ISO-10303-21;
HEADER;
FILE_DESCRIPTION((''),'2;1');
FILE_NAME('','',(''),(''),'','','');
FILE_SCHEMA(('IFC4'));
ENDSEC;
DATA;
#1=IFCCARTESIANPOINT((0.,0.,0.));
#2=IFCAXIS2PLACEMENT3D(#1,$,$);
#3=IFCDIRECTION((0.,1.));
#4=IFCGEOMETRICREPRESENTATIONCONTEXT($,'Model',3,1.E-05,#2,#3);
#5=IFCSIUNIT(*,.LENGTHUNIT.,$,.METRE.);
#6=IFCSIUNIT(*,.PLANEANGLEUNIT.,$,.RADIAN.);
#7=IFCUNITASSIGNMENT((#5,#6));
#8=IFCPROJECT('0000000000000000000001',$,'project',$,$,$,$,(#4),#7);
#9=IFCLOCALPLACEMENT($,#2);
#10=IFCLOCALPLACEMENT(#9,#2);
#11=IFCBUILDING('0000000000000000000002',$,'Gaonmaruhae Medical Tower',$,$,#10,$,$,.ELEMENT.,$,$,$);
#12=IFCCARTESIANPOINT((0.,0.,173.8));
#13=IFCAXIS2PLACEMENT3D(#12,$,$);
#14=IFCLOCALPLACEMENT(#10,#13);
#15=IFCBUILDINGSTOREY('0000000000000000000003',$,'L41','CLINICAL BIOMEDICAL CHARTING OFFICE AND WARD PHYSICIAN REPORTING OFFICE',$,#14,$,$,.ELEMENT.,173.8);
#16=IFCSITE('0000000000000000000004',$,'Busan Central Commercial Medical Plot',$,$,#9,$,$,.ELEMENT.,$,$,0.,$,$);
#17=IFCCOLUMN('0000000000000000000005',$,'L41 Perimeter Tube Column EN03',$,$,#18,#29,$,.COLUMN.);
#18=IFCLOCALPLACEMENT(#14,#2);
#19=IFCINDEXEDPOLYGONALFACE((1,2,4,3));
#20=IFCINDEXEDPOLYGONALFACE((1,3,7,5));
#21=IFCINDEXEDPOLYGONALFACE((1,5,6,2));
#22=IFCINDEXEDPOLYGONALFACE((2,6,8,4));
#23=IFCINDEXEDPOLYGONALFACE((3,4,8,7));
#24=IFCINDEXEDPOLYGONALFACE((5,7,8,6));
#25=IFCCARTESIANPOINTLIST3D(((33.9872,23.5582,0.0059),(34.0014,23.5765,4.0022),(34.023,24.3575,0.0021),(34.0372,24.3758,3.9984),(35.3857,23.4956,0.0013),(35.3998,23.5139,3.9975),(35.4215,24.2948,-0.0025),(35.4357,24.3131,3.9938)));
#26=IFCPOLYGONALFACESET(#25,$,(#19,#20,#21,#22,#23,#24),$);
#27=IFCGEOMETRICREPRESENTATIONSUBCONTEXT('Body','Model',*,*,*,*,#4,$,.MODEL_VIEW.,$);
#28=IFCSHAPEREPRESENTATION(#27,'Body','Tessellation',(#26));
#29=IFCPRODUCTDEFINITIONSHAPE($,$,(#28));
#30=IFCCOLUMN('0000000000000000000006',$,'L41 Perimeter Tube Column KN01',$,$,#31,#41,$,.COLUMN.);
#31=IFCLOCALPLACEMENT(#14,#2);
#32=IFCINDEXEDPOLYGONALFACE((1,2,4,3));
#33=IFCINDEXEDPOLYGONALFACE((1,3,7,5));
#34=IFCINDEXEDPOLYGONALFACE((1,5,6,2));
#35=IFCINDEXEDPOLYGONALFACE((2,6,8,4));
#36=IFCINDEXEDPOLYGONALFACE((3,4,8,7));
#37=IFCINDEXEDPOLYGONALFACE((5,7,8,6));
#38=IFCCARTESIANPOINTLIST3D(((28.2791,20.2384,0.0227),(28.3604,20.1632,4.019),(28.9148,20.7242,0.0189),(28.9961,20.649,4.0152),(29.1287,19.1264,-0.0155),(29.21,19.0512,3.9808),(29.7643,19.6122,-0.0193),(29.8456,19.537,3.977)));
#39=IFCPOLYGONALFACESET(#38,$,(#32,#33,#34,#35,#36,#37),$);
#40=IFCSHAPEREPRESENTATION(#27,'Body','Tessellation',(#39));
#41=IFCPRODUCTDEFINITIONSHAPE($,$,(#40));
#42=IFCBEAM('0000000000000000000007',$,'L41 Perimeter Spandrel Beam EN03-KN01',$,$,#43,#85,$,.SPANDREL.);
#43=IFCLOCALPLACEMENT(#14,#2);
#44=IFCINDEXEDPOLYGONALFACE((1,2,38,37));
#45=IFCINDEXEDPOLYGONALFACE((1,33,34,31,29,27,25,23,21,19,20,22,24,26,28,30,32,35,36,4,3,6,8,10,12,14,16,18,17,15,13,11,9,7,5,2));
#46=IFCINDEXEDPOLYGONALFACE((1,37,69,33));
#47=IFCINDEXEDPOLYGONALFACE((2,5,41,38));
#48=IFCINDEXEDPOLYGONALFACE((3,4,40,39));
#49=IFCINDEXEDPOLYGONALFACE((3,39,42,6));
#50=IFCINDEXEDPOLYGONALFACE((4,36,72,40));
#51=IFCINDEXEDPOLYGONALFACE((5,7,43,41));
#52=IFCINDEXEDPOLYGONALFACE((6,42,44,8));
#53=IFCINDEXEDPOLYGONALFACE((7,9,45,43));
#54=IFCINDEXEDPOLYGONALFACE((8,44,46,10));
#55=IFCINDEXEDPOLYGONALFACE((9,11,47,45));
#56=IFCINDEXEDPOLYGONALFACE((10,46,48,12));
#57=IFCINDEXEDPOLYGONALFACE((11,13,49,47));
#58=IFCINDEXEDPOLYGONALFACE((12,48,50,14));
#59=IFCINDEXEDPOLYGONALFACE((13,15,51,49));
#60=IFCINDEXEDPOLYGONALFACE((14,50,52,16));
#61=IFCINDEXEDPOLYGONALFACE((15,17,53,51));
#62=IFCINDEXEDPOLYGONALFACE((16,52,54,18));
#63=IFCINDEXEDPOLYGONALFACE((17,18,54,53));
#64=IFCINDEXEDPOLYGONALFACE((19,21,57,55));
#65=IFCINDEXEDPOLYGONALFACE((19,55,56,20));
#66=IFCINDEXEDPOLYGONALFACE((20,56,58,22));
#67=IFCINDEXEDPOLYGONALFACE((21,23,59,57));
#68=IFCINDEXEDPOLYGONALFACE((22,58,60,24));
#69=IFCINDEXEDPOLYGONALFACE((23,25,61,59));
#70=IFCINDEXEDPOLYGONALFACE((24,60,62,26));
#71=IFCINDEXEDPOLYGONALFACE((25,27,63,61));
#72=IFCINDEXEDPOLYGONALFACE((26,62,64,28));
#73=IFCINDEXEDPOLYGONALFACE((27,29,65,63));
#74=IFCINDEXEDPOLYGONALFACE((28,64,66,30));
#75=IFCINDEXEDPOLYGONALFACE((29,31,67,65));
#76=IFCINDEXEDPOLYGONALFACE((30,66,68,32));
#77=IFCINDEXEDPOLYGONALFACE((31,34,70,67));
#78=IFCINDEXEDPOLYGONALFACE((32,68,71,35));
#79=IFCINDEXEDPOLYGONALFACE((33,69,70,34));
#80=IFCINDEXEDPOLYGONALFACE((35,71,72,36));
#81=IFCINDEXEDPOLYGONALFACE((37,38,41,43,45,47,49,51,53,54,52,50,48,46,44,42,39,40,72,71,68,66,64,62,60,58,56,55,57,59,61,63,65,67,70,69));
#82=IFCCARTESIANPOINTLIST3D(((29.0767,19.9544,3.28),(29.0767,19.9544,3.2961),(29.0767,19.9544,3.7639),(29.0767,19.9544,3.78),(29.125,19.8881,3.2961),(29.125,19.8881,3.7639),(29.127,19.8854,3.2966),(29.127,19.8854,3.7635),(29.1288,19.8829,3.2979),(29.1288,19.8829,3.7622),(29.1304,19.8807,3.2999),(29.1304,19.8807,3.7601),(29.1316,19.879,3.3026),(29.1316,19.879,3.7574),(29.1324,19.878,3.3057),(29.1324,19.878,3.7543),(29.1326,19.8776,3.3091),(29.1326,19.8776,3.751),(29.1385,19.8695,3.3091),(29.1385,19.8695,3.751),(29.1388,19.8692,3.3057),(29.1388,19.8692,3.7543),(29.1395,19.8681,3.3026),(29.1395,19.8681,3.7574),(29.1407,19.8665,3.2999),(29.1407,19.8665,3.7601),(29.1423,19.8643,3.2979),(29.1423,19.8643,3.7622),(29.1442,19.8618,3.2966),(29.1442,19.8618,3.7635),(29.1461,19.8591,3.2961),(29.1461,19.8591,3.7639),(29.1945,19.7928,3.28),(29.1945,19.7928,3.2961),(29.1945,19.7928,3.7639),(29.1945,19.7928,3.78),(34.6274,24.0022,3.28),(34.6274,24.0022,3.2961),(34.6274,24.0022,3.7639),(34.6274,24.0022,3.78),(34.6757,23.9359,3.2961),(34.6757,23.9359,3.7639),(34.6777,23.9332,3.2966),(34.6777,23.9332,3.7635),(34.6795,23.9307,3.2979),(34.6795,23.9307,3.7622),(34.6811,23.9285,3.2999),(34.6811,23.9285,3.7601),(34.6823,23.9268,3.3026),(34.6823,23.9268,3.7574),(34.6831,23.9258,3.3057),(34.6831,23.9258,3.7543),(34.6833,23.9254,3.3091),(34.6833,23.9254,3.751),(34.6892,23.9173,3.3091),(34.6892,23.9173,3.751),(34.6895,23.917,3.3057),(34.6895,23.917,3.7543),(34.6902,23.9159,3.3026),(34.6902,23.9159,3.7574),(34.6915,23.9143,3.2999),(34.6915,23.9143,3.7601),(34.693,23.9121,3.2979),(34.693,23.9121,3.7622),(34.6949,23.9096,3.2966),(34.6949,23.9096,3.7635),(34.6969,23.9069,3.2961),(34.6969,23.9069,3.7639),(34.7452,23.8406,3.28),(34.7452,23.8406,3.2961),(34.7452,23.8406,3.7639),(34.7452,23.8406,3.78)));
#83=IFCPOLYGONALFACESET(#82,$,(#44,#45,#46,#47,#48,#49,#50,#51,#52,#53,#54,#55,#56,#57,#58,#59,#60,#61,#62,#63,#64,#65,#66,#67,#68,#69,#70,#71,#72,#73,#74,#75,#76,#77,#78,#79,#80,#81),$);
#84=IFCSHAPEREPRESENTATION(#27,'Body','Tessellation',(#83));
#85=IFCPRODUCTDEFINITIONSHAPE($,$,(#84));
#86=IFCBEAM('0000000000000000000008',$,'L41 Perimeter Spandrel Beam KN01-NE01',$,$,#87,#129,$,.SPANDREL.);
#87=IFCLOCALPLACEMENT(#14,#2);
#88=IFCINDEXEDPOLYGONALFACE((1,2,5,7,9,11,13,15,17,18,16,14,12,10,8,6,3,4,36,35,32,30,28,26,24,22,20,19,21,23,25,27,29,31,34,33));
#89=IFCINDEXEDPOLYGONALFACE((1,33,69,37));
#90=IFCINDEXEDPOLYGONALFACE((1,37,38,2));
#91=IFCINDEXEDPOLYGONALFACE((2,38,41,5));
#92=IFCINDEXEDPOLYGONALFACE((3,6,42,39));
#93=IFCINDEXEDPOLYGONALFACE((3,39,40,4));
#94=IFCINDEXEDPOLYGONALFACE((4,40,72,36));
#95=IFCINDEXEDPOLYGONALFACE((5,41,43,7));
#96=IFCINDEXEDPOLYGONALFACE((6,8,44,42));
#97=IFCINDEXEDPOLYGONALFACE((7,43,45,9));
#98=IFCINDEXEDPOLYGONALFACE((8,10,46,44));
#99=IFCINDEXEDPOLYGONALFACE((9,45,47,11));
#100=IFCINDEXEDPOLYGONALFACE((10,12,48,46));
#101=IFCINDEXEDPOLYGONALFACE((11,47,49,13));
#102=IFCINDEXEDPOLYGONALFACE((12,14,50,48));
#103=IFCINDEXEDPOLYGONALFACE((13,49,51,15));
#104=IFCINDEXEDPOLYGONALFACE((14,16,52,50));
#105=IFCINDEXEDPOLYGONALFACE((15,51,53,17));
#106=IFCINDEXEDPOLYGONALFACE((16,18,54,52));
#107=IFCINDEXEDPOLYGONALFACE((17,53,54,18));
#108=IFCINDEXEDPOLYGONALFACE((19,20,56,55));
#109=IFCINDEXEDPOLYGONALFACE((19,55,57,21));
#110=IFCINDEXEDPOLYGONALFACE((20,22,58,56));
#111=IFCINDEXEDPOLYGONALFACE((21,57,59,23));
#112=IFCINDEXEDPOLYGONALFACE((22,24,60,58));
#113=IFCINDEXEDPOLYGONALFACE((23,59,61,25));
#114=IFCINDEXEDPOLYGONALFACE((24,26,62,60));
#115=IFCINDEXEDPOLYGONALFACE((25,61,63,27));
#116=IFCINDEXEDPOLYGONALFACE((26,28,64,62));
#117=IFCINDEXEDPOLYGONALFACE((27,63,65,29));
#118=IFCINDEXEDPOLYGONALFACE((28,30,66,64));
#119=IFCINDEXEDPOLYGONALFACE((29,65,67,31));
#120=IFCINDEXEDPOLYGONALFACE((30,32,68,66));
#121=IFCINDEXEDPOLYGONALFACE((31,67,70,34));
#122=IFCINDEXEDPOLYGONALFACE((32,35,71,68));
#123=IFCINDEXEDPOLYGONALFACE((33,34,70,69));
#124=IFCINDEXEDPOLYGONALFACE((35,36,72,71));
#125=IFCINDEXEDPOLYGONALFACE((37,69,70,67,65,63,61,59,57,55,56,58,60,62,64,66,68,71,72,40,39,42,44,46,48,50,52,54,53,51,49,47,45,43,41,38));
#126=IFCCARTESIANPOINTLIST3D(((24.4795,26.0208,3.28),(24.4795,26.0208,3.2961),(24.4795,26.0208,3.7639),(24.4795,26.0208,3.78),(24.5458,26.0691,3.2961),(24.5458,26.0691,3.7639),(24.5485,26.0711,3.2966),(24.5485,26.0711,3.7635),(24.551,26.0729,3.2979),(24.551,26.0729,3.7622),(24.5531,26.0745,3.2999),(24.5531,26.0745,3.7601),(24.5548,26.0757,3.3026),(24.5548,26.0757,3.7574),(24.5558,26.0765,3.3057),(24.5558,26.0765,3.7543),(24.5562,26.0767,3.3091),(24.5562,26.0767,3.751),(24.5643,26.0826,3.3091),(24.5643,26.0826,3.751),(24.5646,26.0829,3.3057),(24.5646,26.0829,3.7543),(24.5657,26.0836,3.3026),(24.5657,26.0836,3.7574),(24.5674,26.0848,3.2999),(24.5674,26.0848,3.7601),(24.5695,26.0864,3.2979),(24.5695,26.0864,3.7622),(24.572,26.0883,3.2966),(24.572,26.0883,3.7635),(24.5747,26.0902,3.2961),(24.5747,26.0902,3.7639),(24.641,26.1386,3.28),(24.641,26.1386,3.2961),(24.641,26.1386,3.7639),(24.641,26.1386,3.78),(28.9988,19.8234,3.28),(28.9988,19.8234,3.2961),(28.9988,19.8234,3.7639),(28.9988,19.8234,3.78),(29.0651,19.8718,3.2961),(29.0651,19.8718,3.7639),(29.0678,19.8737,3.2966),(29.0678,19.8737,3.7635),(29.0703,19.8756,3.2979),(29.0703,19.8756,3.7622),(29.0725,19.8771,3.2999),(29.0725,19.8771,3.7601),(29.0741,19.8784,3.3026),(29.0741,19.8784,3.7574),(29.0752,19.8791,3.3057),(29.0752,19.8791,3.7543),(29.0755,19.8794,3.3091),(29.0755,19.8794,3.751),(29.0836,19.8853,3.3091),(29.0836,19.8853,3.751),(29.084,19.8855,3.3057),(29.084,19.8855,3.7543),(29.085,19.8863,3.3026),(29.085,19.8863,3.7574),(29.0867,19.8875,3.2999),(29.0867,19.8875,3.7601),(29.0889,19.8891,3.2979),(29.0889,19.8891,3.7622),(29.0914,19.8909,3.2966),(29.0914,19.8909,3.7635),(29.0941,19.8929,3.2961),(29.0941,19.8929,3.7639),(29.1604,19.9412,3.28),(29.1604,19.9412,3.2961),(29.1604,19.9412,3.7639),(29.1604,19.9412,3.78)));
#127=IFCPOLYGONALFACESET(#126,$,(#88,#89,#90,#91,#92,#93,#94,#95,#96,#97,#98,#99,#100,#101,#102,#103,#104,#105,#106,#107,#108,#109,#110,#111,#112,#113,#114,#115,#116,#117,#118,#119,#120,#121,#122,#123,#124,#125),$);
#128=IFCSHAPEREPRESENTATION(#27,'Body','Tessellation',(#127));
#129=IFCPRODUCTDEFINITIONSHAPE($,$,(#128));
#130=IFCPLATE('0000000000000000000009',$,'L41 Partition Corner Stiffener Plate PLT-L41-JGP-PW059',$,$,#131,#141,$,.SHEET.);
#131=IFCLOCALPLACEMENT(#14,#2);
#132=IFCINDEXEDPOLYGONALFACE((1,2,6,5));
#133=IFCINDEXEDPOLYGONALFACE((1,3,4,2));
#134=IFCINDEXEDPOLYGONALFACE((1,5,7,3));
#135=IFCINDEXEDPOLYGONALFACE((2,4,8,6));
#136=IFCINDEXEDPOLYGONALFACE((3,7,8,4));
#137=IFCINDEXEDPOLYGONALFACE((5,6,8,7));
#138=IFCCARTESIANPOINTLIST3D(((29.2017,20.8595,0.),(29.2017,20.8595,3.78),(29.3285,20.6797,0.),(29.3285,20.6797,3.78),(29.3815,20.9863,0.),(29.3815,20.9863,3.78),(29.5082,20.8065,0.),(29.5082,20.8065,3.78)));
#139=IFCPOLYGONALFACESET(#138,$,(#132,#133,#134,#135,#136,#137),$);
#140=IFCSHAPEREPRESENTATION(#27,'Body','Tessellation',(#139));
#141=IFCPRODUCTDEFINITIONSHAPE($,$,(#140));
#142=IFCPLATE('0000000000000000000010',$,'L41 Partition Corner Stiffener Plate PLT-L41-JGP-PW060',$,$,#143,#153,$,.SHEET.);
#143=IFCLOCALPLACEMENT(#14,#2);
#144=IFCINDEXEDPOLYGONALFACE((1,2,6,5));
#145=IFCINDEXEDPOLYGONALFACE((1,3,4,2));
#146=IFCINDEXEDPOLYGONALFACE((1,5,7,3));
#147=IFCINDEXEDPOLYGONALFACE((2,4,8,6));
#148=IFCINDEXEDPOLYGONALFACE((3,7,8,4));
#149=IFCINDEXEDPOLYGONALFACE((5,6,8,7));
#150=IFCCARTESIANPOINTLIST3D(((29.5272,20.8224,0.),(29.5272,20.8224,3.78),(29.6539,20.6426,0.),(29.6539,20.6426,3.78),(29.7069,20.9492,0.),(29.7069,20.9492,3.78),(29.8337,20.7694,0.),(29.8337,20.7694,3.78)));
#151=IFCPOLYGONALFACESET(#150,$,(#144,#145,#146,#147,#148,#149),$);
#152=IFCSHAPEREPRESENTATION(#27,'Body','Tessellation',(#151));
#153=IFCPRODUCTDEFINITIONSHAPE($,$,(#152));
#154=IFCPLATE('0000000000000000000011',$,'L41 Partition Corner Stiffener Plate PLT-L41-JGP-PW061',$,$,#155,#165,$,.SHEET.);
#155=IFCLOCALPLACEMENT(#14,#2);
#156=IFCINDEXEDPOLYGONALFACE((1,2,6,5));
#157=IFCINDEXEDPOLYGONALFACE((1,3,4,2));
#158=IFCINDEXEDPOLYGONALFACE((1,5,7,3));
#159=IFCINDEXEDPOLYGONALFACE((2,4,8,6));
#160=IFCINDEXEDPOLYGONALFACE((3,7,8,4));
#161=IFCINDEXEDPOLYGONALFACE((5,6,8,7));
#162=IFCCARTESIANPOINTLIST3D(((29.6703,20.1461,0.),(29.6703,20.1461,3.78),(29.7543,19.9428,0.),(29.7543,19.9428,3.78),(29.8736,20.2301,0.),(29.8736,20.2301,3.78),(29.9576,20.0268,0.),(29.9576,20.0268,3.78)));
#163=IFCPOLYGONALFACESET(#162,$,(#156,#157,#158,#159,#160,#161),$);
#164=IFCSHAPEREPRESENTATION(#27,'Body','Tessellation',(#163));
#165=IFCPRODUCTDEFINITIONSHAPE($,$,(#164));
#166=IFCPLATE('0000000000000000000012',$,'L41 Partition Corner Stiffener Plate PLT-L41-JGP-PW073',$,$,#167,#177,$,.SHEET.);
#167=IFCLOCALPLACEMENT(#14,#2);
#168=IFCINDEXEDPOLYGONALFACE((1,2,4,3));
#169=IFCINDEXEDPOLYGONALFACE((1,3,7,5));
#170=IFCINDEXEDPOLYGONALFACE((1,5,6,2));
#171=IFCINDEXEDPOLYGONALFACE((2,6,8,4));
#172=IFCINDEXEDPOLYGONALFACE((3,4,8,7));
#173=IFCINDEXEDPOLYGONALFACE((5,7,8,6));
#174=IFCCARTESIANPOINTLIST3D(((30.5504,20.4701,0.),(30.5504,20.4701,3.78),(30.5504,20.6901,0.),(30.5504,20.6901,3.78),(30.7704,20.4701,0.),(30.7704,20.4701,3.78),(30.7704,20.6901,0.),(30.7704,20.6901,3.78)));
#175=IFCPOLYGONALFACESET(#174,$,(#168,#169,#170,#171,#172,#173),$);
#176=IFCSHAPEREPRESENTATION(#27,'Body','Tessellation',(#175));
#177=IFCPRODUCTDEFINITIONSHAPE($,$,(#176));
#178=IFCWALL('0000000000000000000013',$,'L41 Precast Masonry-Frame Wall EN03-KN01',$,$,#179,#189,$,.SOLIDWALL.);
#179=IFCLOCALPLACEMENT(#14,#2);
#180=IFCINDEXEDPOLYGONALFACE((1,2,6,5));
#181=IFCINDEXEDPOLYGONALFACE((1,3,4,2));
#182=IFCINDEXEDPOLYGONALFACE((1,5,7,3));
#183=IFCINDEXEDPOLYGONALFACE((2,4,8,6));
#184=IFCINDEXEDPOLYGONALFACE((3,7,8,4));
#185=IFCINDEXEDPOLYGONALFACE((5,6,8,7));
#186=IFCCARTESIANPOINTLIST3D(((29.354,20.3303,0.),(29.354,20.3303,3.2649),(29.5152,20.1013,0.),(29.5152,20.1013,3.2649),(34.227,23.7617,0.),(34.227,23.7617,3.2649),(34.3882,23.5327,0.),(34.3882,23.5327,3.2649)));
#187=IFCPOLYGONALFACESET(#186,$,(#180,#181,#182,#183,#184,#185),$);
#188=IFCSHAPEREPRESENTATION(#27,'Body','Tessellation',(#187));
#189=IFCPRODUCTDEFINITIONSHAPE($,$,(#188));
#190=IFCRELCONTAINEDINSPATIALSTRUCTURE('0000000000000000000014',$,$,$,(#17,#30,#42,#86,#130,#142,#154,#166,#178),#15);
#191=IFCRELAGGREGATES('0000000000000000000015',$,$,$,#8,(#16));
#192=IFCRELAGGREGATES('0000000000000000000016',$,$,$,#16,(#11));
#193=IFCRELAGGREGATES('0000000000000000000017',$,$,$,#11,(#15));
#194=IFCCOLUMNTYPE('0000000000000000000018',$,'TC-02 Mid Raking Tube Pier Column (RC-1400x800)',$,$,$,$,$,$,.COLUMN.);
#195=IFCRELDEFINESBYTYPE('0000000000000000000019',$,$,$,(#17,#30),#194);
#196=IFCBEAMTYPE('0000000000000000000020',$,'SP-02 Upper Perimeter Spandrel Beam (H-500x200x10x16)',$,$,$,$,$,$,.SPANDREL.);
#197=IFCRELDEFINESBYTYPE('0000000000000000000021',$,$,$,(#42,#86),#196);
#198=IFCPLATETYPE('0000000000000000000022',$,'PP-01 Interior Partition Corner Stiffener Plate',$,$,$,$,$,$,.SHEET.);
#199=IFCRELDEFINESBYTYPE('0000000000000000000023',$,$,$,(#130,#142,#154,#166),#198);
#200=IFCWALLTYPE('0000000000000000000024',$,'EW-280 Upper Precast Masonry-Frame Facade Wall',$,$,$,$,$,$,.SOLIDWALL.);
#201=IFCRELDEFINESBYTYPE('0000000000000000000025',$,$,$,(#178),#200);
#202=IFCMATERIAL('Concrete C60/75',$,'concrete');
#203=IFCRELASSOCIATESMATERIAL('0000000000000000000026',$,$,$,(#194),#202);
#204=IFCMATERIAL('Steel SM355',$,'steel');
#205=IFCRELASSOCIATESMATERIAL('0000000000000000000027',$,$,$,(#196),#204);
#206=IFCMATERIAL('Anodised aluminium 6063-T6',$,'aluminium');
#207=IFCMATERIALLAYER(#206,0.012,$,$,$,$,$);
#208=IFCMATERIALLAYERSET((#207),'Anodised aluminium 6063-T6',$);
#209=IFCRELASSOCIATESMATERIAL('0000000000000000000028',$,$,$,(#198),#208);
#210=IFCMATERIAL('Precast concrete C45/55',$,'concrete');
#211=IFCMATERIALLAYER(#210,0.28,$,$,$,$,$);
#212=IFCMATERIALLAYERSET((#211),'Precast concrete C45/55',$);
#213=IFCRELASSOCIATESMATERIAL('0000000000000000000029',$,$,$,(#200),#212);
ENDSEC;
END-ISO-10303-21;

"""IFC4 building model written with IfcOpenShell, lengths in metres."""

from ifc_helpers import new_model, si_unit, direction, frame, frame_2d, origin, origin_2d, place, context, subcontext, project, spatial, rectangle, i_section, extrude, material, layer, layer_set, material_profile, profile_set, type_object, element, save


model = new_model("IFC4")

# Units and contexts
model_context = context("Model", 3, precision=1e-05, world=origin(), true_north=direction((0.0, 1.0)))
body_context = subcontext(model_context, "Body", "Model", "MODEL_VIEW")
ifc_project = project(units=[si_unit("LENGTHUNIT", "METRE"), si_unit("PLANEANGLEUNIT", "RADIAN")], contexts=[model_context])

# Site, building, storey
site_placement = place(None, origin())
site = spatial("IfcSite", under=ifc_project, at=site_placement, Name="Busan Central Commercial Medical Plot", CompositionType="ELEMENT", RefElevation=0.0)
building_placement = place(site_placement, origin())
building = spatial("IfcBuilding", under=site, at=building_placement, Name="Gaonmaruhae Medical Tower", CompositionType="ELEMENT")
storey_placement = place(building_placement, frame((0.0, 0.0, 173.8)))
storey = spatial("IfcBuildingStorey", under=building, at=storey_placement, Name="L41", Description="CLINICAL BIOMEDICAL CHARTING OFFICE AND WARD PHYSICIAN REPORTING OFFICE", CompositionType="ELEMENT", Elevation=173.8)

# Columns
ifc_material_1 = material(Name="Concrete C60/75", Category="concrete")
ifc_material_profile_1 = material_profile(ifc_material_1, rectangle(XDim=1.3999, YDim=0.8, at=origin_2d()), Name="RC-1400x800")
ifc_profile_set_1 = profile_set([ifc_material_profile_1], Name="Concrete C60/75")
column_type = type_object("IfcColumnType", Name="TC-02 Mid Raking Tube Pier Column (RC-1400x800)", PredefinedType="COLUMN", material=ifc_profile_set_1)
column_1_placement = place(storey_placement, frame((34.7043, 23.9265, 0.0017), z_axis=(0.003543, 0.004582, 0.999983), x_axis=(-0.998991, 0.044777, 0.003335)))
element("IfcColumn", 1, at=column_1_placement, inside=storey, type_object=column_type, Name="L41 Perimeter Tube Column EN03", PredefinedType="COLUMN", context=body_context, shape_type="SweptSolid", body=[
    extrude(rectangle(XDim=1.3999, YDim=0.8, at=origin_2d()), origin(), (0.0, 0.0, 1.0), 3.9963),
])
column_2_placement = place(storey_placement, frame((29.0217, 19.9253, 0.0017), z_axis=(0.020336, -0.018809, 0.999616), x_axis=(-0.606869, 0.794333, 0.027292)))
element("IfcColumn", 2, at=column_2_placement, inside=storey, type_object=column_type, Name="L41 Perimeter Tube Column KN01", PredefinedType="COLUMN", context=body_context, shape_type="SweptSolid", body=[
    extrude(rectangle(XDim=1.3999, YDim=0.8, at=origin_2d()), origin(), (0.0, 0.0, 1.0), 3.9978),
])

# Beams
ifc_material_2 = material(Name="Steel SM355", Category="steel")
ifc_material_profile_2 = material_profile(ifc_material_2, i_section(OverallWidth=0.2, OverallDepth=0.5, WebThickness=0.01, FlangeThickness=0.0161, FilletRadius=0.0129, at=origin_2d()), Name="H-500x200x10x16")
ifc_profile_set_2 = profile_set([ifc_material_profile_2], Name="Steel SM355")
beam_type = type_object("IfcBeamType", Name="SP-02 Upper Perimeter Spandrel Beam (H-500x200x10x16)", PredefinedType="SPANDREL", material=ifc_profile_set_2)
beam_1_placement = place(storey_placement, frame((34.6863, 23.9214, 3.53), z_axis=(-0.807979, -0.589211, 0.0), x_axis=(0.589211, -0.807979, 0.0)))
element("IfcBeam", 3, at=beam_1_placement, inside=storey, type_object=beam_type, Name="L41 Perimeter Spandrel Beam EN03-KN01", PredefinedType="SPANDREL", context=body_context, shape_type="SweptSolid", body=[
    extrude(i_section(OverallWidth=0.2, OverallDepth=0.5, WebThickness=0.01, FlangeThickness=0.0161, FilletRadius=0.0129, at=origin_2d()), origin(), (0.0, 0.0, 1.0), 6.8699),
])
beam_2_placement = place(storey_placement, frame((29.0796, 19.8823, 3.53), z_axis=(-0.58921, 0.80798, 0.0), x_axis=(-0.80798, -0.58921, 0.0)))
element("IfcBeam", 4, at=beam_2_placement, inside=storey, type_object=beam_type, Name="L41 Perimeter Spandrel Beam KN01-NE01", PredefinedType="SPANDREL", context=body_context, shape_type="SweptSolid", body=[
    extrude(i_section(OverallWidth=0.2, OverallDepth=0.5, WebThickness=0.01, FlangeThickness=0.0161, FilletRadius=0.0129, at=origin_2d()), origin(), (0.0, 0.0, 1.0), 7.6702),
])

# Plates
ifc_material_3 = material(Name="Anodised aluminium 6063-T6", Category="aluminium")
ifc_layer_1 = layer(ifc_material_3, 0.012)
ifc_layer_set_1 = layer_set([ifc_layer_1], Name="Anodised aluminium 6063-T6")
plate_type = type_object("IfcPlateType", Name="PP-01 Interior Partition Corner Stiffener Plate", PredefinedType="SHEET", material=ifc_layer_set_1)
for number, where, z_axis, x_axis, name in (
    (5, (29.355, 20.833, 0.0), (0.0, 0.0, 1.0), (0.817306, 0.576204, 0.0), "L41 Partition Corner Stiffener Plate PLT-L41-JGP-PW059"),
    (6, (29.6804, 20.7959, 0.0), (0.0, 0.0, 1.0), (0.576233, -0.817286, 0.0), "L41 Partition Corner Stiffener Plate PLT-L41-JGP-PW060"),
    (7, (29.814, 20.0864, 0.0), (0.0, 0.0, 1.0), (0.381796, -0.924246, 0.0), "L41 Partition Corner Stiffener Plate PLT-L41-JGP-PW061"),
    (8, (30.6604, 20.5801, 0.0), (0.0, 0.0, 1.0), (-1.0, 0.0, 0.0), "L41 Partition Corner Stiffener Plate PLT-L41-JGP-PW073"),
):
    element("IfcPlate", number, at=place(storey_placement, frame(where, z_axis=z_axis, x_axis=x_axis)), inside=storey, type_object=plate_type, Name=name, PredefinedType="SHEET", context=body_context, shape_type="SweptSolid", body=[
        extrude(rectangle(XDim=0.22, YDim=0.22, at=origin_2d()), origin(), (0.0, 0.0, 1.0), 3.78),
    ])

# Wall
ifc_material_4 = material(Name="Precast concrete C45/55", Category="concrete")
ifc_layer_2 = layer(ifc_material_4, 0.28)
ifc_layer_set_2 = layer_set([ifc_layer_2], Name="Precast concrete C45/55")
wall_type_1 = type_object("IfcWallType", Name="EW-280 Upper Precast Masonry-Frame Facade Wall", PredefinedType="SOLIDWALL", material=ifc_layer_set_2)
wall_1_placement = place(storey_placement, frame((29.4346, 20.2158, 0.0), z_axis=(0.0, 0.0, 1.0), x_axis=(0.817631, 0.575742, 0.0)))
element("IfcWall", 9, at=wall_1_placement, inside=storey, type_object=wall_type_1, Name="L41 Precast Masonry-Frame Wall EN03-KN01", PredefinedType="SOLIDWALL", context=body_context, shape_type="SweptSolid", body=[
    extrude(rectangle(XDim=5.96, YDim=0.28, at=frame_2d((2.98, 0.0))), origin(), (0.0, 0.0, 1.0), 3.2649),
])

save(model, "model.ifc")
